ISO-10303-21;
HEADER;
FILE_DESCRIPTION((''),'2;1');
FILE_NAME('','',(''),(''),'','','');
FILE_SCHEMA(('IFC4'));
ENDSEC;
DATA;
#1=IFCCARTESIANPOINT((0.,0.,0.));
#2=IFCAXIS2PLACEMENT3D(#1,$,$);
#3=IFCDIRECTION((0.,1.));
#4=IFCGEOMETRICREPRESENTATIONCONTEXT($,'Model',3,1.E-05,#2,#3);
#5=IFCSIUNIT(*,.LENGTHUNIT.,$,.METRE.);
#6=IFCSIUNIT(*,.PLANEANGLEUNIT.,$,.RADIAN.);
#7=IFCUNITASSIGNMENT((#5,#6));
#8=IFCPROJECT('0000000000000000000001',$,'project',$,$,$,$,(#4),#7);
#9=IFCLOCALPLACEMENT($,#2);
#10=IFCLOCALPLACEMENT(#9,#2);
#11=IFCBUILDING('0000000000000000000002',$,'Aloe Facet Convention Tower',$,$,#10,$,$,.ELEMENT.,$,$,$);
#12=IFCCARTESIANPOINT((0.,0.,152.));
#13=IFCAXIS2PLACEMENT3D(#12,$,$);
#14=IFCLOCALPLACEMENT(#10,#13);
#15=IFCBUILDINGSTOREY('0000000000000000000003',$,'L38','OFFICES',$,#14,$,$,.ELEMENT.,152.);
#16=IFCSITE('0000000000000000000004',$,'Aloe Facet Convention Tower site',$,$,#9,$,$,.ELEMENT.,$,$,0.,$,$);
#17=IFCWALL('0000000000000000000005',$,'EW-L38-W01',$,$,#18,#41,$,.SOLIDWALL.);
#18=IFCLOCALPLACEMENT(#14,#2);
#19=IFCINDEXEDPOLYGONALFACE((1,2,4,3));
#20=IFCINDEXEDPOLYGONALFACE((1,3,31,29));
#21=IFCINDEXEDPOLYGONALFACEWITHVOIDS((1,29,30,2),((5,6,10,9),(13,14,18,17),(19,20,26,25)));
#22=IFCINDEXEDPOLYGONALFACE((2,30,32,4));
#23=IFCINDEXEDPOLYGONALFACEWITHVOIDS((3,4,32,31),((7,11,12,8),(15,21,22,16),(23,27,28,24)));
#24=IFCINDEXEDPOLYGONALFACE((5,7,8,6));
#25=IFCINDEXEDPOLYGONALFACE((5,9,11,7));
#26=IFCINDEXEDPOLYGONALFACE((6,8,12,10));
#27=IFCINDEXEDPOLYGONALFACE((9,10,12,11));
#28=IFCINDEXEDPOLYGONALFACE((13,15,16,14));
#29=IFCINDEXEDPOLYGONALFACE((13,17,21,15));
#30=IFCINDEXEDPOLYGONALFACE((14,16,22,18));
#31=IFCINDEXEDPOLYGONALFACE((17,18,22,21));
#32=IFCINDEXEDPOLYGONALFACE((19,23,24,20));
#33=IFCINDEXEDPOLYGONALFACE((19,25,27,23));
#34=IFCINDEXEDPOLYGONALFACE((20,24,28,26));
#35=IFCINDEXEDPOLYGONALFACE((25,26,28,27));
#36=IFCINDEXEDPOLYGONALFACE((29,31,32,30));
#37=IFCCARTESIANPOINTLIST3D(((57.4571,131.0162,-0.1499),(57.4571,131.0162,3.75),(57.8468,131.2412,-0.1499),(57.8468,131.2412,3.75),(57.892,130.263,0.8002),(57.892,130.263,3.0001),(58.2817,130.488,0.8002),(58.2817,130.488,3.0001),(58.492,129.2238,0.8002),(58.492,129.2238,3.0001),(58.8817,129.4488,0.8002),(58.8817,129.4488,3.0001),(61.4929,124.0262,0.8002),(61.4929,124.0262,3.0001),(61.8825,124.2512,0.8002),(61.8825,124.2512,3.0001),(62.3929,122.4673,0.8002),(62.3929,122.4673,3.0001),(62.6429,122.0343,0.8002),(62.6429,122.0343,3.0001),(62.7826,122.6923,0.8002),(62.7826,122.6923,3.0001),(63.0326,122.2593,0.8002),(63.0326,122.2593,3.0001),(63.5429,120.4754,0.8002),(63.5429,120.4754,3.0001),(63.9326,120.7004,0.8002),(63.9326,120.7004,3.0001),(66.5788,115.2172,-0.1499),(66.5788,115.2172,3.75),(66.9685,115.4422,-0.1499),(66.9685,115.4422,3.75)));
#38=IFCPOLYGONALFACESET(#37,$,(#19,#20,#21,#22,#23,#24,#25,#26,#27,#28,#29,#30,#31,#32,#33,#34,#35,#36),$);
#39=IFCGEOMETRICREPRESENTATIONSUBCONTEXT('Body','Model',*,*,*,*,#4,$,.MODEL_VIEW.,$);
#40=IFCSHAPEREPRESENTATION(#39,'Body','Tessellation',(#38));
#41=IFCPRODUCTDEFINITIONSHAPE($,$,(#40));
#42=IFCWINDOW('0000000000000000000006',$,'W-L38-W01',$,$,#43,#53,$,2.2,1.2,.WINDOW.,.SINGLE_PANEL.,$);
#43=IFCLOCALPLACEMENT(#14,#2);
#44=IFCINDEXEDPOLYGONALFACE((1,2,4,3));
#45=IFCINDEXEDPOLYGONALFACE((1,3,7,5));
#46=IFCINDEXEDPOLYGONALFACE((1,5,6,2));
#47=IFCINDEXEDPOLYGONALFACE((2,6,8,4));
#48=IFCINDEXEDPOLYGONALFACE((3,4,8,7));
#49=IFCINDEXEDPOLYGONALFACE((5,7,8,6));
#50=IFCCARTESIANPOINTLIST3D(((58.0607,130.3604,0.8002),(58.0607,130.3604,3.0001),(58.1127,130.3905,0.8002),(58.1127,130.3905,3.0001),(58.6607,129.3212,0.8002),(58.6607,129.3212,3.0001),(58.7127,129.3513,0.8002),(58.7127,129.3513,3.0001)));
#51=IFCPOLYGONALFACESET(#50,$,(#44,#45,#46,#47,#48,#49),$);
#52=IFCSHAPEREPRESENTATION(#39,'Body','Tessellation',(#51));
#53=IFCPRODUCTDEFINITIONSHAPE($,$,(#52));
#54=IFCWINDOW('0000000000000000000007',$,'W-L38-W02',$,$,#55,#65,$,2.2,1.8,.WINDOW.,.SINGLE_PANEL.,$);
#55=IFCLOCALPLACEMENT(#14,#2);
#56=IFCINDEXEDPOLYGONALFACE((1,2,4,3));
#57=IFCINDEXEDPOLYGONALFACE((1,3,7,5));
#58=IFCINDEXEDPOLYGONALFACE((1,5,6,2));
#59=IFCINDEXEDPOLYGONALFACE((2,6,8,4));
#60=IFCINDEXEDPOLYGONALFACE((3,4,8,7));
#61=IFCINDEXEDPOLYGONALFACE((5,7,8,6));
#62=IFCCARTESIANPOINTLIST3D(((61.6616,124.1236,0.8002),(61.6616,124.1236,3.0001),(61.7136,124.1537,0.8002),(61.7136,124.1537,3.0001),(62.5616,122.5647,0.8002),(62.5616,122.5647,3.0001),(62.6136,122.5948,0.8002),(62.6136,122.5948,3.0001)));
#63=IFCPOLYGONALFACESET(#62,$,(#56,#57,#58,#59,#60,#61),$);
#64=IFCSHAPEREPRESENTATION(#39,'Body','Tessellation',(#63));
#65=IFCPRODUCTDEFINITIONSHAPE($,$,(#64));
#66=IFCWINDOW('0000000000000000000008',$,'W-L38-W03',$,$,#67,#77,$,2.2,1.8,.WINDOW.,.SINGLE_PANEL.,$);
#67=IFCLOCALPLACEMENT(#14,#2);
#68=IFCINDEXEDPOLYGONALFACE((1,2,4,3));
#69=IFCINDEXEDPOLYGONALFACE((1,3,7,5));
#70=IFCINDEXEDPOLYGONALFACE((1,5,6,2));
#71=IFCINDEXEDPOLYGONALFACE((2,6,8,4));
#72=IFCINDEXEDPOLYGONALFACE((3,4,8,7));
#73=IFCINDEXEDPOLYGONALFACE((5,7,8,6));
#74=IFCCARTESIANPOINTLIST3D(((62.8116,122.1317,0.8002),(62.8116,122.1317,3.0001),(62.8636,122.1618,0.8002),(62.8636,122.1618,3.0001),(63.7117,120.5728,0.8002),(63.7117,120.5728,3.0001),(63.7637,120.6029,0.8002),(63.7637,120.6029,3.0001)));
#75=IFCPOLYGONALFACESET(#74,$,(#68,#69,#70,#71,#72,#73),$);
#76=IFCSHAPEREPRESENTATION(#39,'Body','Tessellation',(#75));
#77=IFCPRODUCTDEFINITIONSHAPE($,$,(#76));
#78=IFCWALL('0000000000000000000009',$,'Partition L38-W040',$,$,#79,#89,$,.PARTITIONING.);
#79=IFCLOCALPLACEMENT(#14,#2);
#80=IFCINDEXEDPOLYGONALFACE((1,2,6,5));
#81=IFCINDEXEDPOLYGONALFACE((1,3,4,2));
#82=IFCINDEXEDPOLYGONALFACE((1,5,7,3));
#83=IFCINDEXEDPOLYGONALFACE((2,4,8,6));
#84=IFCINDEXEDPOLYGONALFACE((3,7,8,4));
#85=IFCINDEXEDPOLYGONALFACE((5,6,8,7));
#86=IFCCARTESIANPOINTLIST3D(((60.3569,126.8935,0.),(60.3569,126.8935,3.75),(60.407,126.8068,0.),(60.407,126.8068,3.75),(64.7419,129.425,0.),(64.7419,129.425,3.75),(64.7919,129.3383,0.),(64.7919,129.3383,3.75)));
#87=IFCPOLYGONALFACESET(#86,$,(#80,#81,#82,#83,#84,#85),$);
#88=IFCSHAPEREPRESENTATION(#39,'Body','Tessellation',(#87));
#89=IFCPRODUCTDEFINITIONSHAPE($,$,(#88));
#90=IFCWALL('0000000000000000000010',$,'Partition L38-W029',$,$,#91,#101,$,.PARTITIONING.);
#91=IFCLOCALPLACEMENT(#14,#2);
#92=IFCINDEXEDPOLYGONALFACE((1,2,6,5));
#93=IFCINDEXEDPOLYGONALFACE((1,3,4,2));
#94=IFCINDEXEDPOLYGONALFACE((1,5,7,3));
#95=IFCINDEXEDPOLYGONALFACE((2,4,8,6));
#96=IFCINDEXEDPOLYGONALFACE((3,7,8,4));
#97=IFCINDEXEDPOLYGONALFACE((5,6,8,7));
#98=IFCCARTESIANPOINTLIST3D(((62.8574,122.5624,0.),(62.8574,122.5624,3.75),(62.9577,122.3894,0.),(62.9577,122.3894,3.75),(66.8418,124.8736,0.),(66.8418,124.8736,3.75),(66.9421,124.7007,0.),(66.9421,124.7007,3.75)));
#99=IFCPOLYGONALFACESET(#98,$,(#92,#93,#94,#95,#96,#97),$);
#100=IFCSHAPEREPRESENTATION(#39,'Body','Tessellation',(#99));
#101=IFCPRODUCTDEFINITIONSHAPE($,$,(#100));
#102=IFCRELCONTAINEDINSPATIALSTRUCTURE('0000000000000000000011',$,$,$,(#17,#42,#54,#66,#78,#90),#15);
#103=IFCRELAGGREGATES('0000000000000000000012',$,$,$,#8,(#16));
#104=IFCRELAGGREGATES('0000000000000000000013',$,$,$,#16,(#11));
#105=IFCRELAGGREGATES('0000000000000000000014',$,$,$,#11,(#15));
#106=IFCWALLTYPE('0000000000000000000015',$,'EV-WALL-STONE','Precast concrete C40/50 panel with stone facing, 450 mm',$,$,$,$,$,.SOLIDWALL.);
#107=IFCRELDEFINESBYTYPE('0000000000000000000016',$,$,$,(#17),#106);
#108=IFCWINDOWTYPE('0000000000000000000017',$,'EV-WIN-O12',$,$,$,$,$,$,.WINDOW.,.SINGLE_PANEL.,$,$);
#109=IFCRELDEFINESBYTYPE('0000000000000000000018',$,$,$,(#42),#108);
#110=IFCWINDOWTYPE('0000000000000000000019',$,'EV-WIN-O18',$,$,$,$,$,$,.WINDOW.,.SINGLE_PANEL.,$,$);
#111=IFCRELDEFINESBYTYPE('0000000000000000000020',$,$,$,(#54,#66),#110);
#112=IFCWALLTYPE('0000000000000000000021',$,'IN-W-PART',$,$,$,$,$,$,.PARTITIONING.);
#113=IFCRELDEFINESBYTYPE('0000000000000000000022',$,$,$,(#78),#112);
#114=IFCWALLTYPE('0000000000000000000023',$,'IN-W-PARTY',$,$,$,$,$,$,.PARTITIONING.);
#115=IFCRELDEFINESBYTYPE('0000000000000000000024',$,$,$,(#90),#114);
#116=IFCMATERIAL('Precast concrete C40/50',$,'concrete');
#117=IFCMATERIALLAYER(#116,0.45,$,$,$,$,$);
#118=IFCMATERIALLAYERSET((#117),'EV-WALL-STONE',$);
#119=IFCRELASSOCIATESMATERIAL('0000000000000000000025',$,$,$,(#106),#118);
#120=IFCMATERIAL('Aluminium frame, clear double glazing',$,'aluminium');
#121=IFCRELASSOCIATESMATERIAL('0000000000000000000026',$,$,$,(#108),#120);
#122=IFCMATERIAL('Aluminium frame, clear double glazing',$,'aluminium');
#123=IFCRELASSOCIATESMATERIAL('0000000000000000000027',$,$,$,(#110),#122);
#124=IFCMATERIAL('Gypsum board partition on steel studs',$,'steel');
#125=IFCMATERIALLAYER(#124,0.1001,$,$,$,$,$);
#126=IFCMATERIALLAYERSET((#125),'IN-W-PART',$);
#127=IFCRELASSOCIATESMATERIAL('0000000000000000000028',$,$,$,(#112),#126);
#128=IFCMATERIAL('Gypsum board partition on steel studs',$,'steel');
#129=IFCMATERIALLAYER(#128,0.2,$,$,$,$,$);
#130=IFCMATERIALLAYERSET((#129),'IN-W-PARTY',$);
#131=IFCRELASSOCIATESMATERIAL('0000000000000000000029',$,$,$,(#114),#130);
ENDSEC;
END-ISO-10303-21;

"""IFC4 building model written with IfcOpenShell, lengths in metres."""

from ifc_helpers import new_model, si_unit, direction, frame, frame_2d, origin, place, context, subcontext, project, spatial, polyline, rectangle, outline, extrude, material, layer, layer_set, type_object, element, fill, save


model = new_model("IFC4")

# Units and contexts
model_context = context("Model", 3, precision=1e-05, world=origin(), true_north=direction((0.0, 1.0)))
body_context = subcontext(model_context, "Body", "Model", "MODEL_VIEW")
ifc_project = project(units=[si_unit("LENGTHUNIT", "METRE"), si_unit("PLANEANGLEUNIT", "RADIAN")], contexts=[model_context])

# Site, building, storey
site_placement = place(None, origin())
site = spatial("IfcSite", under=ifc_project, at=site_placement, Name="Aloe Facet Convention Tower site", CompositionType="ELEMENT", RefElevation=0.0)
building_placement = place(site_placement, origin())
building = spatial("IfcBuilding", under=site, at=building_placement, Name="Aloe Facet Convention Tower", CompositionType="ELEMENT")
storey_placement = place(building_placement, frame((0.0, 0.0, 152.0)))
storey = spatial("IfcBuildingStorey", under=building, at=storey_placement, Name="L38", Description="OFFICES", CompositionType="ELEMENT", Elevation=152.0)

# Wall, openings, windows
ifc_material_1 = material(Name="Precast concrete C40/50", Category="concrete")
ifc_layer_1 = layer(ifc_material_1, 0.45)
ifc_layer_set_1 = layer_set([ifc_layer_1], Name="EV-WALL-STONE")
wall_type_1 = type_object("IfcWallType", Name="EV-WALL-STONE", Description="Precast concrete C40/50 panel with stone facing, 450 mm", PredefinedType="SOLIDWALL", material=ifc_layer_set_1)
wall_1_placement = place(storey_placement, frame((57.6519, 131.1287, -0.1499), z_axis=(0.0, 0.0, 1.0), x_axis=(0.500005, -0.866022, 0.0)))
wall_1 = element("IfcWall", 1, at=wall_1_placement, inside=storey, type_object=wall_type_1, Name="EW-L38-W01", PredefinedType="SOLIDWALL", context=body_context, shape_type="SweptSolid", body=[
    extrude(outline(polyline([(0.0, 0.0), (0.0, 3.8999), (18.2432, 3.8999), (18.2432, 0.0), (0.0, 0.0)])), frame((0.0, 0.2251, 0.0), z_axis=(0.0, -1.0, 0.0), x_axis=(1.0, 0.0, 0.0)), (0.0, 0.0, 1.0), 0.45),
])
opening_1_placement = place(wall_1_placement, frame((0.8696, 0.0, 0.95)))
opening_1 = element("IfcOpeningElement", 2, at=opening_1_placement, cuts=wall_1, PredefinedType="OPENING", context=body_context, shape_type="SweptSolid", body=[
    extrude(rectangle(XDim=1.2, YDim=2.2, at=frame_2d((0.6001, 1.1001))), frame((0.0, 0.2349, 0.0), z_axis=(0.0, -1.0, 0.0), x_axis=(1.0, 0.0, 0.0)), (0.0, 0.0, 1.0), 0.47),
])
opening_2_placement = place(wall_1_placement, frame((8.0715, 0.0, 0.95)))
opening_2 = element("IfcOpeningElement", 3, at=opening_2_placement, cuts=wall_1, PredefinedType="OPENING", context=body_context, shape_type="SweptSolid", body=[
    extrude(rectangle(XDim=1.8, YDim=2.2, at=frame_2d((0.8999, 1.1001))), frame((0.0, 0.2349, 0.0), z_axis=(0.0, -1.0, 0.0), x_axis=(1.0, 0.0, 0.0)), (0.0, 0.0, 1.0), 0.47),
])
opening_3_placement = place(wall_1_placement, frame((10.3716, 0.0, 0.95)))
opening_3 = element("IfcOpeningElement", 4, at=opening_3_placement, cuts=wall_1, PredefinedType="OPENING", context=body_context, shape_type="SweptSolid", body=[
    extrude(rectangle(XDim=1.8, YDim=2.2, at=frame_2d((0.8999, 1.1001))), frame((0.0, 0.2349, 0.0), z_axis=(0.0, -1.0, 0.0), x_axis=(1.0, 0.0, 0.0)), (0.0, 0.0, 1.0), 0.47),
])
ifc_material_2 = material(Name="Aluminium frame, clear double glazing", Category="aluminium")
window_type_1 = type_object("IfcWindowType", Name="EV-WIN-O12", PartitioningType="SINGLE_PANEL", PredefinedType="WINDOW", material=ifc_material_2)
window_1_placement = place(opening_1_placement, origin())
window_1 = element("IfcWindow", 5, at=window_1_placement, inside=storey, type_object=window_type_1, Name="W-L38-W01", OverallHeight=2.2, OverallWidth=1.2, PartitioningType="SINGLE_PANEL", PredefinedType="WINDOW", context=body_context, shape_type="SweptSolid", body=[
    extrude(rectangle(XDim=1.2, YDim=2.2, at=frame_2d((0.6001, 1.1001))), frame((0.0, 0.03, 0.0), z_axis=(0.0, -1.0, 0.0), x_axis=(1.0, 0.0, 0.0)), (0.0, 0.0, 1.0), 0.0601),
])
fill(opening_1, window_1)
ifc_material_3 = material(Name="Aluminium frame, clear double glazing", Category="aluminium")
window_type_2 = type_object("IfcWindowType", Name="EV-WIN-O18", PartitioningType="SINGLE_PANEL", PredefinedType="WINDOW", material=ifc_material_3)
window_2_placement = place(opening_2_placement, origin())
window_2 = element("IfcWindow", 6, at=window_2_placement, inside=storey, type_object=window_type_2, Name="W-L38-W02", OverallHeight=2.2, OverallWidth=1.8, PartitioningType="SINGLE_PANEL", PredefinedType="WINDOW", context=body_context, shape_type="SweptSolid", body=[
    extrude(rectangle(XDim=1.8, YDim=2.2, at=frame_2d((0.8999, 1.1001))), frame((0.0, 0.03, 0.0), z_axis=(0.0, -1.0, 0.0), x_axis=(1.0, 0.0, 0.0)), (0.0, 0.0, 1.0), 0.0601),
])
fill(opening_2, window_2)
window_3_placement = place(opening_3_placement, origin())
window_3 = element("IfcWindow", 7, at=window_3_placement, inside=storey, type_object=window_type_2, Name="W-L38-W03", OverallHeight=2.2, OverallWidth=1.8, PartitioningType="SINGLE_PANEL", PredefinedType="WINDOW", context=body_context, shape_type="SweptSolid", body=[
    extrude(rectangle(XDim=1.8, YDim=2.2, at=frame_2d((0.8999, 1.1001))), frame((0.0, 0.03, 0.0), z_axis=(0.0, -1.0, 0.0), x_axis=(1.0, 0.0, 0.0)), (0.0, 0.0, 1.0), 0.0601),
])
fill(opening_3, window_3)

# Walls
ifc_material_4 = material(Name="Gypsum board partition on steel studs", Category="steel")
ifc_layer_2 = layer(ifc_material_4, 0.1001)
ifc_layer_set_2 = layer_set([ifc_layer_2], Name="IN-W-PART")
wall_type_2 = type_object("IfcWallType", Name="IN-W-PART", PredefinedType="PARTITIONING", material=ifc_layer_set_2)
wall_2_placement = place(storey_placement, frame((60.3818, 126.8501, 0.0), z_axis=(0.0, 0.0, 1.0), x_axis=(0.866042, 0.499971, 0.0)))
element("IfcWall", 8, at=wall_2_placement, inside=storey, type_object=wall_type_2, Name="Partition L38-W040", PredefinedType="PARTITIONING", context=body_context, shape_type="SweptSolid", body=[
    extrude(rectangle(XDim=5.0632, YDim=0.1001, at=frame_2d((2.5317, 0.0))), origin(), (0.0, 0.0, 1.0), 3.75),
])
ifc_material_5 = material(Name="Gypsum board partition on steel studs", Category="steel")
ifc_layer_3 = layer(ifc_material_5, 0.2)
ifc_layer_set_3 = layer_set([ifc_layer_3], Name="IN-W-PARTY")
wall_type_3 = type_object("IfcWallType", Name="IN-W-PARTY", PredefinedType="PARTITIONING", material=ifc_layer_set_3)
wall_3_placement = place(storey_placement, frame((62.9075, 122.4758, 0.0), z_axis=(0.0, 0.0, 1.0), x_axis=(0.864999, 0.501774, 0.0)))
element("IfcWall", 9, at=wall_3_placement, inside=storey, type_object=wall_type_3, Name="Partition L38-W029", PredefinedType="PARTITIONING", context=body_context, shape_type="SweptSolid", body=[
    extrude(rectangle(XDim=4.6062, YDim=0.2, at=frame_2d((2.3032, 0.0))), origin(), (0.0, 0.0, 1.0), 3.75),
])

save(model, "model.ifc")
